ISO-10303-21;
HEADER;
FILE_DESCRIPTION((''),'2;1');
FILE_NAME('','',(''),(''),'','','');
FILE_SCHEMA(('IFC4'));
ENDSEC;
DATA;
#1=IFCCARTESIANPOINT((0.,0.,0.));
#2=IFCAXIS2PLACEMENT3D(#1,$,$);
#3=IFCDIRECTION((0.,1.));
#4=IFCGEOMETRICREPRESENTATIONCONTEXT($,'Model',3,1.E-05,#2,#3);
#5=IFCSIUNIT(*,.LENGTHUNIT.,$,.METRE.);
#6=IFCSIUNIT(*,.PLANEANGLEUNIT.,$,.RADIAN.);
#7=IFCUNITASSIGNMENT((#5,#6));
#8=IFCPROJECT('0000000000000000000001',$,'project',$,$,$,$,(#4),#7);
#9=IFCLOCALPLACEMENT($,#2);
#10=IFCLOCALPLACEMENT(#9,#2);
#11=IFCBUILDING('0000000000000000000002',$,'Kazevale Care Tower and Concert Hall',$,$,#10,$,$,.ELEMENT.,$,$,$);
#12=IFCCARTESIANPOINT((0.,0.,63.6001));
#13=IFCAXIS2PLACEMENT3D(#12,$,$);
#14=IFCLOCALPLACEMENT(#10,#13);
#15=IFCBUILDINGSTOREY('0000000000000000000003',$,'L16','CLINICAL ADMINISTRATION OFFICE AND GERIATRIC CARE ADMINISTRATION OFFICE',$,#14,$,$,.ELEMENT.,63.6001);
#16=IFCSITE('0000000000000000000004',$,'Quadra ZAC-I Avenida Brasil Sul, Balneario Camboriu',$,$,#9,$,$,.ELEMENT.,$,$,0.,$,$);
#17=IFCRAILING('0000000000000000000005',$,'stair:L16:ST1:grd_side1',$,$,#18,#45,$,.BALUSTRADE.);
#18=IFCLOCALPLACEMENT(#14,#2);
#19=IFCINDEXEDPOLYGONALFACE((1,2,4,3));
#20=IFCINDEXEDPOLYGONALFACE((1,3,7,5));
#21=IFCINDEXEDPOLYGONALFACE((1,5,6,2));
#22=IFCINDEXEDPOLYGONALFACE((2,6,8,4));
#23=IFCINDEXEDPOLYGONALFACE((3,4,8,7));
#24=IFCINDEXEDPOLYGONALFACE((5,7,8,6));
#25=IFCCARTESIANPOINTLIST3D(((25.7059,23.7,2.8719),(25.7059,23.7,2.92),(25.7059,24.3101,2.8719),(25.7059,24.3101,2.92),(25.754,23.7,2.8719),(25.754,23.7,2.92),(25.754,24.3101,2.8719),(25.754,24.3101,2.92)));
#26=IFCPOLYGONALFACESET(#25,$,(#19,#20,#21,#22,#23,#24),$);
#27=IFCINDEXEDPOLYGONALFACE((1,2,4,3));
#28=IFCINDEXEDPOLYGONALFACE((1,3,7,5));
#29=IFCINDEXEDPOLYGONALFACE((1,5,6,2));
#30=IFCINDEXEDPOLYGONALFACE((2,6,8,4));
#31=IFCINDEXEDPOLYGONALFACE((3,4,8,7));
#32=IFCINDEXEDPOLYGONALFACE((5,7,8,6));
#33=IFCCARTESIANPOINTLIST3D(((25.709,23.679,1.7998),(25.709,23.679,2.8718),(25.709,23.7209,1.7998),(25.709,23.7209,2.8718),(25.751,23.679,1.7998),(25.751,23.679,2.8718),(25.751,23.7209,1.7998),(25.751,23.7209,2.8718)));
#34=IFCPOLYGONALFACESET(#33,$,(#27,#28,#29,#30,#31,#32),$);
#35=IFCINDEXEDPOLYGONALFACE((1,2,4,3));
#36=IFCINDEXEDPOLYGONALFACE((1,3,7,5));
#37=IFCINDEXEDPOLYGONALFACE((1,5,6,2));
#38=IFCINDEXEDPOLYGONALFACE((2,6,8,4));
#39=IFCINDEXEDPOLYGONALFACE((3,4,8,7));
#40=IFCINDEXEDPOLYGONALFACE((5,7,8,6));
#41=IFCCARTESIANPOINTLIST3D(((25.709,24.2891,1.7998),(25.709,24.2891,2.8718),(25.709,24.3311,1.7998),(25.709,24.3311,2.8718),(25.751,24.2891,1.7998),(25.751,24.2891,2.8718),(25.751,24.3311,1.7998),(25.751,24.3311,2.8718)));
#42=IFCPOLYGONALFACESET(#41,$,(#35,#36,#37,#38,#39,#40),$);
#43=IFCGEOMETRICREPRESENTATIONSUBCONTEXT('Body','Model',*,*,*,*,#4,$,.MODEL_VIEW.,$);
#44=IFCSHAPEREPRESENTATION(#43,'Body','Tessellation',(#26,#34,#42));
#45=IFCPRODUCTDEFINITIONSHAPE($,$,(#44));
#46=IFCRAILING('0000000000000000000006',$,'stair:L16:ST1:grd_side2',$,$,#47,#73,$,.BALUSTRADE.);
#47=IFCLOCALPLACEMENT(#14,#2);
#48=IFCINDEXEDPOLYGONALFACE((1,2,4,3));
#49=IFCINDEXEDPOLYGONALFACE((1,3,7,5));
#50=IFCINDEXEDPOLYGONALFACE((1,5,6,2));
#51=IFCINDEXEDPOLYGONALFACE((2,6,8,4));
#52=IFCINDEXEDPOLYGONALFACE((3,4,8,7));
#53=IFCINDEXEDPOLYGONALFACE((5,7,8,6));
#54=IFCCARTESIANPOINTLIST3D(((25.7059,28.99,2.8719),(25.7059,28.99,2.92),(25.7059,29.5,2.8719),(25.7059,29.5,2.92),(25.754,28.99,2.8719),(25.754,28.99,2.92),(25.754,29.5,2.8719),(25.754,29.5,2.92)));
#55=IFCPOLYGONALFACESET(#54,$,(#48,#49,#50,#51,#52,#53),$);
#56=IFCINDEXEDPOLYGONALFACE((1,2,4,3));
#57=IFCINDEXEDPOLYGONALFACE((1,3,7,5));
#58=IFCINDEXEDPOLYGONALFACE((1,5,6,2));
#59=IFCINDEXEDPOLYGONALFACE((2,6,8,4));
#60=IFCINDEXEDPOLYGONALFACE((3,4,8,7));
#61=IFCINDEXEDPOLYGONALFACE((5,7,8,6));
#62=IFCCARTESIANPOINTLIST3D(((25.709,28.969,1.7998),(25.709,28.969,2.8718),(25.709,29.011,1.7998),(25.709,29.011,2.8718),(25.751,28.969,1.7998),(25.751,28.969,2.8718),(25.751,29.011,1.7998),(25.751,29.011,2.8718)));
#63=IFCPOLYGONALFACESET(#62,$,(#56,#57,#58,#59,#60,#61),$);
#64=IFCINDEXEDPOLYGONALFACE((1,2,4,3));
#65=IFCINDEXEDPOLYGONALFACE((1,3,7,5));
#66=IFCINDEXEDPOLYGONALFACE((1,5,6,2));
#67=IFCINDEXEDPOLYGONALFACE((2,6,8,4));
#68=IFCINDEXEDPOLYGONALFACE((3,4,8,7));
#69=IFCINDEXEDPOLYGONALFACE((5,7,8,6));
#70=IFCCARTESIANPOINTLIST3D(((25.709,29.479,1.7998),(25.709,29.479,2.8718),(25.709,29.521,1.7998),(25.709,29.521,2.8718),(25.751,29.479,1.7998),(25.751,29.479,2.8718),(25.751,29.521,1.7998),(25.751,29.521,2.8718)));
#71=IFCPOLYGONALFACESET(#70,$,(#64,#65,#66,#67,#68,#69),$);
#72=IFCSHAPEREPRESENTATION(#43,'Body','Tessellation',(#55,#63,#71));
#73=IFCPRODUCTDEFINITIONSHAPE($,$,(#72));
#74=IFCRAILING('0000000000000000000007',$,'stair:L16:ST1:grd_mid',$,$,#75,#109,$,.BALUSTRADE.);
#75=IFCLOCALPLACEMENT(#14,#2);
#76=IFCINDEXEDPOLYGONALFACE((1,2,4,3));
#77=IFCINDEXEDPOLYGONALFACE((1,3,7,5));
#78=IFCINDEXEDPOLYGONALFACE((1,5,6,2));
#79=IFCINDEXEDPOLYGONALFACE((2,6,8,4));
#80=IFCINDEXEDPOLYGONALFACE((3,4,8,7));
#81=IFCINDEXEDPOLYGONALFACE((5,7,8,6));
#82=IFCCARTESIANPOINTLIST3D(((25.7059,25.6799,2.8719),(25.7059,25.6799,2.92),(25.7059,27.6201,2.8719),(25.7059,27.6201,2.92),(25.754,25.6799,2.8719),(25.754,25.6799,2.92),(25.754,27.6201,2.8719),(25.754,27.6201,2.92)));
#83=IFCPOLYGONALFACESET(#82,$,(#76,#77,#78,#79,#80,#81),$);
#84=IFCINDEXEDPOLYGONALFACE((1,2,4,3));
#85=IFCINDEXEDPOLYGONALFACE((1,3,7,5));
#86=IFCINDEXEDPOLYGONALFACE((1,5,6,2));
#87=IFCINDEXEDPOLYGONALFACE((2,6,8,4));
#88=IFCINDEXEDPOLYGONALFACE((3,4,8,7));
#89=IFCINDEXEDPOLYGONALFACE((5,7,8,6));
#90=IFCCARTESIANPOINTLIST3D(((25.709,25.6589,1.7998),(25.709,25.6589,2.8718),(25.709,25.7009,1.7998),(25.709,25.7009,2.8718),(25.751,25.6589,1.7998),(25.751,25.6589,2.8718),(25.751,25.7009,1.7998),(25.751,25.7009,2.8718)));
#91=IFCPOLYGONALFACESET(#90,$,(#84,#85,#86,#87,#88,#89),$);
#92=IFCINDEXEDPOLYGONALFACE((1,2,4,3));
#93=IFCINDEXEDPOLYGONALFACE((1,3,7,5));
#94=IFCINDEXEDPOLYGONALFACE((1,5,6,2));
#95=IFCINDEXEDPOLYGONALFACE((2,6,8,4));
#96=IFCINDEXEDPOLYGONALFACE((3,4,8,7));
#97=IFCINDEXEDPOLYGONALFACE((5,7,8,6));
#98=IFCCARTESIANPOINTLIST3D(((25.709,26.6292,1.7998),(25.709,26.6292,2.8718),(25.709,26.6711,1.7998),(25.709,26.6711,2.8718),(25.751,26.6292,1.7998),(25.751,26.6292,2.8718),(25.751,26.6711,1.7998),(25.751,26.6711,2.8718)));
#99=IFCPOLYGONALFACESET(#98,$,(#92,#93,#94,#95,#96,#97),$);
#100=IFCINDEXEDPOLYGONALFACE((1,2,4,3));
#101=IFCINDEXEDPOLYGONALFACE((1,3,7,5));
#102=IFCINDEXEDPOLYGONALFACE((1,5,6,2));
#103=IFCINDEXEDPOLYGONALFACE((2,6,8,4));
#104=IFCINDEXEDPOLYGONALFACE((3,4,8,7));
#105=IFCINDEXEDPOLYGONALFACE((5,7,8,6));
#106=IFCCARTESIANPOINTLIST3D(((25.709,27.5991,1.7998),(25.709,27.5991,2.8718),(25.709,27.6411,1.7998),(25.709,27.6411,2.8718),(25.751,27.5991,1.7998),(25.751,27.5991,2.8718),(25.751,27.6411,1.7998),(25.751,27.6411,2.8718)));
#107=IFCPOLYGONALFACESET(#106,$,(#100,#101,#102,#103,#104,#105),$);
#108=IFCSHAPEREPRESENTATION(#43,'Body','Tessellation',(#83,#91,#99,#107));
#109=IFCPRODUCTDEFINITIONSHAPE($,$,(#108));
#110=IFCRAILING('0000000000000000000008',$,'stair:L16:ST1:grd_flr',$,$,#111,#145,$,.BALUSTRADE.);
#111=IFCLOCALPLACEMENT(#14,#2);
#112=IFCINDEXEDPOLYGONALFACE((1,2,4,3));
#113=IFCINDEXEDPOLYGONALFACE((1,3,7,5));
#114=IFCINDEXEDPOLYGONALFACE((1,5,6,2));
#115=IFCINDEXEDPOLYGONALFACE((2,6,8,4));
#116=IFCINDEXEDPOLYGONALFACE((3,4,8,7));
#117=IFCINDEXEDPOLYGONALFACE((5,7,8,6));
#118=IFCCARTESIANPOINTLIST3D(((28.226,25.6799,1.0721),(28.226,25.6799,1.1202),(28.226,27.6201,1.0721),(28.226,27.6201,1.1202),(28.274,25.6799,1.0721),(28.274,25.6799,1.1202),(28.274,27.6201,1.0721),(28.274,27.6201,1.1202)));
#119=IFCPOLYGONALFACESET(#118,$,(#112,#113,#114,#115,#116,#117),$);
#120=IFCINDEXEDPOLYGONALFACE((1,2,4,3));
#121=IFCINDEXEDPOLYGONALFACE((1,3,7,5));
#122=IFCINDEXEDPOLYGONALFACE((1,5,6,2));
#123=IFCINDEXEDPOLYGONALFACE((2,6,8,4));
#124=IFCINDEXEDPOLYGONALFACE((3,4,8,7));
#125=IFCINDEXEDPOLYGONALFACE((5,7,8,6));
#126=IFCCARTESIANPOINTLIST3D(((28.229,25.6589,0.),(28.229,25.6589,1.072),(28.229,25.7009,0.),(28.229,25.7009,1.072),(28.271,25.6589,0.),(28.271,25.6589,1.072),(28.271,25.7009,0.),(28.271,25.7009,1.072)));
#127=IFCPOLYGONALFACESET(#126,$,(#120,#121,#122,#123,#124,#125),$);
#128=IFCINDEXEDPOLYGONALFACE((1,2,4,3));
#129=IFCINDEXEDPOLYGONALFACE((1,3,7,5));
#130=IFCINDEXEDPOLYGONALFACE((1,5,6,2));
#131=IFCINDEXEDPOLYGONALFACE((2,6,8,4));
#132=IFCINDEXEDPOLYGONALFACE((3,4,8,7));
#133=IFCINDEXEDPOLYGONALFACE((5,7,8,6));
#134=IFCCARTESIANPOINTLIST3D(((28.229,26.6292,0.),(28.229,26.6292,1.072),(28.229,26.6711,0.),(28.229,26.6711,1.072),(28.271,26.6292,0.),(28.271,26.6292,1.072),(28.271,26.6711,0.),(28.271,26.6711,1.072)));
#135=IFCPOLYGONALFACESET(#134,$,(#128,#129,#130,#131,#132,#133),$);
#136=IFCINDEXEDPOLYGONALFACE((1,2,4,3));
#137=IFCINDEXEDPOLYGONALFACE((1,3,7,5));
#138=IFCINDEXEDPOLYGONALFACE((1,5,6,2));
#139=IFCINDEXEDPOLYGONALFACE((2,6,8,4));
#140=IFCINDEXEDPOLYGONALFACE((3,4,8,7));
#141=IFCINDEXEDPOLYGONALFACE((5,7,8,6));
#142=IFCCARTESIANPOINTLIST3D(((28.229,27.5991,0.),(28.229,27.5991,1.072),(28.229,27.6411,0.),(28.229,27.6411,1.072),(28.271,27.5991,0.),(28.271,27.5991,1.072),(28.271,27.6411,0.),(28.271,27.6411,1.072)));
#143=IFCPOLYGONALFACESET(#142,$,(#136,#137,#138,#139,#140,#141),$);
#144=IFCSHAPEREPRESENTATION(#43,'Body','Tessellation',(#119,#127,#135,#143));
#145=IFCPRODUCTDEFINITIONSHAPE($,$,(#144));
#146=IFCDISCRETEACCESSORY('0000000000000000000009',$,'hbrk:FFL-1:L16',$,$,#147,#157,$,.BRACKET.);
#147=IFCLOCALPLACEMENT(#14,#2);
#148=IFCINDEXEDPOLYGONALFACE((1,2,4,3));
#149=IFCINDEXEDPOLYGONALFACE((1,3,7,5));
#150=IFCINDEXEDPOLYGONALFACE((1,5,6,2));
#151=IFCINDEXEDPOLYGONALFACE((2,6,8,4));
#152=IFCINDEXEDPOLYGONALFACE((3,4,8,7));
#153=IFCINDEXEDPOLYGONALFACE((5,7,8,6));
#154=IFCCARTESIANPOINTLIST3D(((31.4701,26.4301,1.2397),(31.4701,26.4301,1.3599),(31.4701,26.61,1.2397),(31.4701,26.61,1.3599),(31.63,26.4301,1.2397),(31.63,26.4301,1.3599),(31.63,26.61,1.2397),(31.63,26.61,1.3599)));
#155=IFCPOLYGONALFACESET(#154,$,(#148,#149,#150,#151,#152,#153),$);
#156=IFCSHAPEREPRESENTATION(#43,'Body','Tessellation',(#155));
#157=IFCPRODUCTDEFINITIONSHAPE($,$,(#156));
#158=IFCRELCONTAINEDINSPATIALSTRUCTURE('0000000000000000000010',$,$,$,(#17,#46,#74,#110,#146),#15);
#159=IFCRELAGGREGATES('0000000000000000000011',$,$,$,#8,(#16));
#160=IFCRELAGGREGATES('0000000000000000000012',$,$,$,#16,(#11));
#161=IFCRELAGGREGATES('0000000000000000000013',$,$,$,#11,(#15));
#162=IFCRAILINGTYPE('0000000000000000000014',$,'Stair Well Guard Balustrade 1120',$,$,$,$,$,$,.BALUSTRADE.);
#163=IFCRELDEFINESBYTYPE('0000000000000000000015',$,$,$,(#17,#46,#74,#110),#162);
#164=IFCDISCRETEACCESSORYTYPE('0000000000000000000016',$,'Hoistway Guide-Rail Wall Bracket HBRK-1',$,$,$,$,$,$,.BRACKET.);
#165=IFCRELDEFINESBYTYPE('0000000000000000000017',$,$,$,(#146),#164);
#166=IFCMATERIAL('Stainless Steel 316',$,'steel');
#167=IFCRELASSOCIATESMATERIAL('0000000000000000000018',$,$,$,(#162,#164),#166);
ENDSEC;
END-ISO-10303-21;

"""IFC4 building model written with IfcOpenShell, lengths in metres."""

from ifc_helpers import new_model, si_unit, direction, frame, origin, origin_2d, place, context, subcontext, project, spatial, rectangle, extrude, material, type_object, element, save


model = new_model("IFC4")

# Units and contexts
model_context = context("Model", 3, precision=1e-05, world=origin(), true_north=direction((0.0, 1.0)))
body_context = subcontext(model_context, "Body", "Model", "MODEL_VIEW")
ifc_project = project(units=[si_unit("LENGTHUNIT", "METRE"), si_unit("PLANEANGLEUNIT", "RADIAN")], contexts=[model_context])

# Site, building, storey
site_placement = place(None, origin())
site = spatial("IfcSite", under=ifc_project, at=site_placement, Name="Quadra ZAC-I Avenida Brasil Sul, Balneario Camboriu", CompositionType="ELEMENT", RefElevation=0.0)
building_placement = place(site_placement, origin())
building = spatial("IfcBuilding", under=site, at=building_placement, Name="Kazevale Care Tower and Concert Hall", CompositionType="ELEMENT")
storey_placement = place(building_placement, frame((0.0, 0.0, 63.6001)))
storey = spatial("IfcBuildingStorey", under=building, at=storey_placement, Name="L16", Description="CLINICAL ADMINISTRATION OFFICE AND GERIATRIC CARE ADMINISTRATION OFFICE", CompositionType="ELEMENT", Elevation=63.6001)

# Shared definitions
ifc_material_1 = material(Name="Stainless Steel 316", Category="steel")

# Railings
railing_type_1 = type_object("IfcRailingType", Name="Stair Well Guard Balustrade 1120", PredefinedType="BALUSTRADE", material=ifc_material_1)
railing_1_placement = place(storey_placement, frame((25.73, 23.7, 1.7998)))
element("IfcRailing", 1, at=railing_1_placement, inside=storey, type_object=railing_type_1, Name="stair:L16:ST1:grd_side1", PredefinedType="BALUSTRADE", context=body_context, shape_type="SweptSolid", body=[
    extrude(rectangle(XDim=0.0481, YDim=0.0481, at=origin_2d()), frame((0.0, 0.0, 1.0962), z_axis=(0.0, 1.0, 0.0), x_axis=(-1.0, 0.0, 0.0)), (0.0, 0.0, 1.0), 0.6101),
    extrude(rectangle(XDim=0.042, YDim=0.042, at=origin_2d()), origin(), (0.0, 0.0, 1.0), 1.072),
    extrude(rectangle(XDim=0.042, YDim=0.042, at=origin_2d()), frame((0.0, 0.6101, 0.0)), (0.0, 0.0, 1.0), 1.072),
])
railing_2_placement = place(storey_placement, frame((25.73, 28.99, 1.7998)))
element("IfcRailing", 2, at=railing_2_placement, inside=storey, type_object=railing_type_1, Name="stair:L16:ST1:grd_side2", PredefinedType="BALUSTRADE", context=body_context, shape_type="SweptSolid", body=[
    extrude(rectangle(XDim=0.0481, YDim=0.0481, at=origin_2d()), frame((0.0, 0.0, 1.0962), z_axis=(0.0, 1.0, 0.0), x_axis=(-1.0, 0.0, 0.0)), (0.0, 0.0, 1.0), 0.51),
    extrude(rectangle(XDim=0.042, YDim=0.042, at=origin_2d()), origin(), (0.0, 0.0, 1.0), 1.072),
    extrude(rectangle(XDim=0.042, YDim=0.042, at=origin_2d()), frame((0.0, 0.51, 0.0)), (0.0, 0.0, 1.0), 1.072),
])
for number, where, name in (
    (3, (25.73, 25.6799, 1.7998), "stair:L16:ST1:grd_mid"),
    (4, (28.25, 25.6799, 0.0), "stair:L16:ST1:grd_flr"),
):
    element("IfcRailing", number, at=place(storey_placement, frame(where)), inside=storey, type_object=railing_type_1, Name=name, PredefinedType="BALUSTRADE", context=body_context, shape_type="SweptSolid", body=[
        extrude(rectangle(XDim=0.0481, YDim=0.0481, at=origin_2d()), frame((0.0, 0.0, 1.0962), z_axis=(0.0, 1.0, 0.0), x_axis=(-1.0, 0.0, 0.0)), (0.0, 0.0, 1.0), 1.9402),
        extrude(rectangle(XDim=0.042, YDim=0.042, at=origin_2d()), origin(), (0.0, 0.0, 1.0), 1.072),
        extrude(rectangle(XDim=0.042, YDim=0.042, at=origin_2d()), frame((0.0, 0.9702, 0.0)), (0.0, 0.0, 1.0), 1.072),
        extrude(rectangle(XDim=0.042, YDim=0.042, at=origin_2d()), frame((0.0, 1.9402, 0.0)), (0.0, 0.0, 1.0), 1.072),
    ])

# Discrete accessory
discrete_accessory_type = type_object("IfcDiscreteAccessoryType", Name="Hoistway Guide-Rail Wall Bracket HBRK-1", PredefinedType="BRACKET", material=ifc_material_1)
discrete_accessory_placement = place(storey_placement, frame((31.55, 26.52, 1.2397), z_axis=(0.0, 0.0, 1.0), x_axis=(1.0, 0.0, 0.0)))
element("IfcDiscreteAccessory", 5, at=discrete_accessory_placement, inside=storey, type_object=discrete_accessory_type, Name="hbrk:FFL-1:L16", PredefinedType="BRACKET", context=body_context, shape_type="SweptSolid", body=[
    extrude(rectangle(XDim=0.1599, YDim=0.1799, at=origin_2d()), origin(), (0.0, 0.0, 1.0), 0.1201),
])

save(model, "model.ifc")
